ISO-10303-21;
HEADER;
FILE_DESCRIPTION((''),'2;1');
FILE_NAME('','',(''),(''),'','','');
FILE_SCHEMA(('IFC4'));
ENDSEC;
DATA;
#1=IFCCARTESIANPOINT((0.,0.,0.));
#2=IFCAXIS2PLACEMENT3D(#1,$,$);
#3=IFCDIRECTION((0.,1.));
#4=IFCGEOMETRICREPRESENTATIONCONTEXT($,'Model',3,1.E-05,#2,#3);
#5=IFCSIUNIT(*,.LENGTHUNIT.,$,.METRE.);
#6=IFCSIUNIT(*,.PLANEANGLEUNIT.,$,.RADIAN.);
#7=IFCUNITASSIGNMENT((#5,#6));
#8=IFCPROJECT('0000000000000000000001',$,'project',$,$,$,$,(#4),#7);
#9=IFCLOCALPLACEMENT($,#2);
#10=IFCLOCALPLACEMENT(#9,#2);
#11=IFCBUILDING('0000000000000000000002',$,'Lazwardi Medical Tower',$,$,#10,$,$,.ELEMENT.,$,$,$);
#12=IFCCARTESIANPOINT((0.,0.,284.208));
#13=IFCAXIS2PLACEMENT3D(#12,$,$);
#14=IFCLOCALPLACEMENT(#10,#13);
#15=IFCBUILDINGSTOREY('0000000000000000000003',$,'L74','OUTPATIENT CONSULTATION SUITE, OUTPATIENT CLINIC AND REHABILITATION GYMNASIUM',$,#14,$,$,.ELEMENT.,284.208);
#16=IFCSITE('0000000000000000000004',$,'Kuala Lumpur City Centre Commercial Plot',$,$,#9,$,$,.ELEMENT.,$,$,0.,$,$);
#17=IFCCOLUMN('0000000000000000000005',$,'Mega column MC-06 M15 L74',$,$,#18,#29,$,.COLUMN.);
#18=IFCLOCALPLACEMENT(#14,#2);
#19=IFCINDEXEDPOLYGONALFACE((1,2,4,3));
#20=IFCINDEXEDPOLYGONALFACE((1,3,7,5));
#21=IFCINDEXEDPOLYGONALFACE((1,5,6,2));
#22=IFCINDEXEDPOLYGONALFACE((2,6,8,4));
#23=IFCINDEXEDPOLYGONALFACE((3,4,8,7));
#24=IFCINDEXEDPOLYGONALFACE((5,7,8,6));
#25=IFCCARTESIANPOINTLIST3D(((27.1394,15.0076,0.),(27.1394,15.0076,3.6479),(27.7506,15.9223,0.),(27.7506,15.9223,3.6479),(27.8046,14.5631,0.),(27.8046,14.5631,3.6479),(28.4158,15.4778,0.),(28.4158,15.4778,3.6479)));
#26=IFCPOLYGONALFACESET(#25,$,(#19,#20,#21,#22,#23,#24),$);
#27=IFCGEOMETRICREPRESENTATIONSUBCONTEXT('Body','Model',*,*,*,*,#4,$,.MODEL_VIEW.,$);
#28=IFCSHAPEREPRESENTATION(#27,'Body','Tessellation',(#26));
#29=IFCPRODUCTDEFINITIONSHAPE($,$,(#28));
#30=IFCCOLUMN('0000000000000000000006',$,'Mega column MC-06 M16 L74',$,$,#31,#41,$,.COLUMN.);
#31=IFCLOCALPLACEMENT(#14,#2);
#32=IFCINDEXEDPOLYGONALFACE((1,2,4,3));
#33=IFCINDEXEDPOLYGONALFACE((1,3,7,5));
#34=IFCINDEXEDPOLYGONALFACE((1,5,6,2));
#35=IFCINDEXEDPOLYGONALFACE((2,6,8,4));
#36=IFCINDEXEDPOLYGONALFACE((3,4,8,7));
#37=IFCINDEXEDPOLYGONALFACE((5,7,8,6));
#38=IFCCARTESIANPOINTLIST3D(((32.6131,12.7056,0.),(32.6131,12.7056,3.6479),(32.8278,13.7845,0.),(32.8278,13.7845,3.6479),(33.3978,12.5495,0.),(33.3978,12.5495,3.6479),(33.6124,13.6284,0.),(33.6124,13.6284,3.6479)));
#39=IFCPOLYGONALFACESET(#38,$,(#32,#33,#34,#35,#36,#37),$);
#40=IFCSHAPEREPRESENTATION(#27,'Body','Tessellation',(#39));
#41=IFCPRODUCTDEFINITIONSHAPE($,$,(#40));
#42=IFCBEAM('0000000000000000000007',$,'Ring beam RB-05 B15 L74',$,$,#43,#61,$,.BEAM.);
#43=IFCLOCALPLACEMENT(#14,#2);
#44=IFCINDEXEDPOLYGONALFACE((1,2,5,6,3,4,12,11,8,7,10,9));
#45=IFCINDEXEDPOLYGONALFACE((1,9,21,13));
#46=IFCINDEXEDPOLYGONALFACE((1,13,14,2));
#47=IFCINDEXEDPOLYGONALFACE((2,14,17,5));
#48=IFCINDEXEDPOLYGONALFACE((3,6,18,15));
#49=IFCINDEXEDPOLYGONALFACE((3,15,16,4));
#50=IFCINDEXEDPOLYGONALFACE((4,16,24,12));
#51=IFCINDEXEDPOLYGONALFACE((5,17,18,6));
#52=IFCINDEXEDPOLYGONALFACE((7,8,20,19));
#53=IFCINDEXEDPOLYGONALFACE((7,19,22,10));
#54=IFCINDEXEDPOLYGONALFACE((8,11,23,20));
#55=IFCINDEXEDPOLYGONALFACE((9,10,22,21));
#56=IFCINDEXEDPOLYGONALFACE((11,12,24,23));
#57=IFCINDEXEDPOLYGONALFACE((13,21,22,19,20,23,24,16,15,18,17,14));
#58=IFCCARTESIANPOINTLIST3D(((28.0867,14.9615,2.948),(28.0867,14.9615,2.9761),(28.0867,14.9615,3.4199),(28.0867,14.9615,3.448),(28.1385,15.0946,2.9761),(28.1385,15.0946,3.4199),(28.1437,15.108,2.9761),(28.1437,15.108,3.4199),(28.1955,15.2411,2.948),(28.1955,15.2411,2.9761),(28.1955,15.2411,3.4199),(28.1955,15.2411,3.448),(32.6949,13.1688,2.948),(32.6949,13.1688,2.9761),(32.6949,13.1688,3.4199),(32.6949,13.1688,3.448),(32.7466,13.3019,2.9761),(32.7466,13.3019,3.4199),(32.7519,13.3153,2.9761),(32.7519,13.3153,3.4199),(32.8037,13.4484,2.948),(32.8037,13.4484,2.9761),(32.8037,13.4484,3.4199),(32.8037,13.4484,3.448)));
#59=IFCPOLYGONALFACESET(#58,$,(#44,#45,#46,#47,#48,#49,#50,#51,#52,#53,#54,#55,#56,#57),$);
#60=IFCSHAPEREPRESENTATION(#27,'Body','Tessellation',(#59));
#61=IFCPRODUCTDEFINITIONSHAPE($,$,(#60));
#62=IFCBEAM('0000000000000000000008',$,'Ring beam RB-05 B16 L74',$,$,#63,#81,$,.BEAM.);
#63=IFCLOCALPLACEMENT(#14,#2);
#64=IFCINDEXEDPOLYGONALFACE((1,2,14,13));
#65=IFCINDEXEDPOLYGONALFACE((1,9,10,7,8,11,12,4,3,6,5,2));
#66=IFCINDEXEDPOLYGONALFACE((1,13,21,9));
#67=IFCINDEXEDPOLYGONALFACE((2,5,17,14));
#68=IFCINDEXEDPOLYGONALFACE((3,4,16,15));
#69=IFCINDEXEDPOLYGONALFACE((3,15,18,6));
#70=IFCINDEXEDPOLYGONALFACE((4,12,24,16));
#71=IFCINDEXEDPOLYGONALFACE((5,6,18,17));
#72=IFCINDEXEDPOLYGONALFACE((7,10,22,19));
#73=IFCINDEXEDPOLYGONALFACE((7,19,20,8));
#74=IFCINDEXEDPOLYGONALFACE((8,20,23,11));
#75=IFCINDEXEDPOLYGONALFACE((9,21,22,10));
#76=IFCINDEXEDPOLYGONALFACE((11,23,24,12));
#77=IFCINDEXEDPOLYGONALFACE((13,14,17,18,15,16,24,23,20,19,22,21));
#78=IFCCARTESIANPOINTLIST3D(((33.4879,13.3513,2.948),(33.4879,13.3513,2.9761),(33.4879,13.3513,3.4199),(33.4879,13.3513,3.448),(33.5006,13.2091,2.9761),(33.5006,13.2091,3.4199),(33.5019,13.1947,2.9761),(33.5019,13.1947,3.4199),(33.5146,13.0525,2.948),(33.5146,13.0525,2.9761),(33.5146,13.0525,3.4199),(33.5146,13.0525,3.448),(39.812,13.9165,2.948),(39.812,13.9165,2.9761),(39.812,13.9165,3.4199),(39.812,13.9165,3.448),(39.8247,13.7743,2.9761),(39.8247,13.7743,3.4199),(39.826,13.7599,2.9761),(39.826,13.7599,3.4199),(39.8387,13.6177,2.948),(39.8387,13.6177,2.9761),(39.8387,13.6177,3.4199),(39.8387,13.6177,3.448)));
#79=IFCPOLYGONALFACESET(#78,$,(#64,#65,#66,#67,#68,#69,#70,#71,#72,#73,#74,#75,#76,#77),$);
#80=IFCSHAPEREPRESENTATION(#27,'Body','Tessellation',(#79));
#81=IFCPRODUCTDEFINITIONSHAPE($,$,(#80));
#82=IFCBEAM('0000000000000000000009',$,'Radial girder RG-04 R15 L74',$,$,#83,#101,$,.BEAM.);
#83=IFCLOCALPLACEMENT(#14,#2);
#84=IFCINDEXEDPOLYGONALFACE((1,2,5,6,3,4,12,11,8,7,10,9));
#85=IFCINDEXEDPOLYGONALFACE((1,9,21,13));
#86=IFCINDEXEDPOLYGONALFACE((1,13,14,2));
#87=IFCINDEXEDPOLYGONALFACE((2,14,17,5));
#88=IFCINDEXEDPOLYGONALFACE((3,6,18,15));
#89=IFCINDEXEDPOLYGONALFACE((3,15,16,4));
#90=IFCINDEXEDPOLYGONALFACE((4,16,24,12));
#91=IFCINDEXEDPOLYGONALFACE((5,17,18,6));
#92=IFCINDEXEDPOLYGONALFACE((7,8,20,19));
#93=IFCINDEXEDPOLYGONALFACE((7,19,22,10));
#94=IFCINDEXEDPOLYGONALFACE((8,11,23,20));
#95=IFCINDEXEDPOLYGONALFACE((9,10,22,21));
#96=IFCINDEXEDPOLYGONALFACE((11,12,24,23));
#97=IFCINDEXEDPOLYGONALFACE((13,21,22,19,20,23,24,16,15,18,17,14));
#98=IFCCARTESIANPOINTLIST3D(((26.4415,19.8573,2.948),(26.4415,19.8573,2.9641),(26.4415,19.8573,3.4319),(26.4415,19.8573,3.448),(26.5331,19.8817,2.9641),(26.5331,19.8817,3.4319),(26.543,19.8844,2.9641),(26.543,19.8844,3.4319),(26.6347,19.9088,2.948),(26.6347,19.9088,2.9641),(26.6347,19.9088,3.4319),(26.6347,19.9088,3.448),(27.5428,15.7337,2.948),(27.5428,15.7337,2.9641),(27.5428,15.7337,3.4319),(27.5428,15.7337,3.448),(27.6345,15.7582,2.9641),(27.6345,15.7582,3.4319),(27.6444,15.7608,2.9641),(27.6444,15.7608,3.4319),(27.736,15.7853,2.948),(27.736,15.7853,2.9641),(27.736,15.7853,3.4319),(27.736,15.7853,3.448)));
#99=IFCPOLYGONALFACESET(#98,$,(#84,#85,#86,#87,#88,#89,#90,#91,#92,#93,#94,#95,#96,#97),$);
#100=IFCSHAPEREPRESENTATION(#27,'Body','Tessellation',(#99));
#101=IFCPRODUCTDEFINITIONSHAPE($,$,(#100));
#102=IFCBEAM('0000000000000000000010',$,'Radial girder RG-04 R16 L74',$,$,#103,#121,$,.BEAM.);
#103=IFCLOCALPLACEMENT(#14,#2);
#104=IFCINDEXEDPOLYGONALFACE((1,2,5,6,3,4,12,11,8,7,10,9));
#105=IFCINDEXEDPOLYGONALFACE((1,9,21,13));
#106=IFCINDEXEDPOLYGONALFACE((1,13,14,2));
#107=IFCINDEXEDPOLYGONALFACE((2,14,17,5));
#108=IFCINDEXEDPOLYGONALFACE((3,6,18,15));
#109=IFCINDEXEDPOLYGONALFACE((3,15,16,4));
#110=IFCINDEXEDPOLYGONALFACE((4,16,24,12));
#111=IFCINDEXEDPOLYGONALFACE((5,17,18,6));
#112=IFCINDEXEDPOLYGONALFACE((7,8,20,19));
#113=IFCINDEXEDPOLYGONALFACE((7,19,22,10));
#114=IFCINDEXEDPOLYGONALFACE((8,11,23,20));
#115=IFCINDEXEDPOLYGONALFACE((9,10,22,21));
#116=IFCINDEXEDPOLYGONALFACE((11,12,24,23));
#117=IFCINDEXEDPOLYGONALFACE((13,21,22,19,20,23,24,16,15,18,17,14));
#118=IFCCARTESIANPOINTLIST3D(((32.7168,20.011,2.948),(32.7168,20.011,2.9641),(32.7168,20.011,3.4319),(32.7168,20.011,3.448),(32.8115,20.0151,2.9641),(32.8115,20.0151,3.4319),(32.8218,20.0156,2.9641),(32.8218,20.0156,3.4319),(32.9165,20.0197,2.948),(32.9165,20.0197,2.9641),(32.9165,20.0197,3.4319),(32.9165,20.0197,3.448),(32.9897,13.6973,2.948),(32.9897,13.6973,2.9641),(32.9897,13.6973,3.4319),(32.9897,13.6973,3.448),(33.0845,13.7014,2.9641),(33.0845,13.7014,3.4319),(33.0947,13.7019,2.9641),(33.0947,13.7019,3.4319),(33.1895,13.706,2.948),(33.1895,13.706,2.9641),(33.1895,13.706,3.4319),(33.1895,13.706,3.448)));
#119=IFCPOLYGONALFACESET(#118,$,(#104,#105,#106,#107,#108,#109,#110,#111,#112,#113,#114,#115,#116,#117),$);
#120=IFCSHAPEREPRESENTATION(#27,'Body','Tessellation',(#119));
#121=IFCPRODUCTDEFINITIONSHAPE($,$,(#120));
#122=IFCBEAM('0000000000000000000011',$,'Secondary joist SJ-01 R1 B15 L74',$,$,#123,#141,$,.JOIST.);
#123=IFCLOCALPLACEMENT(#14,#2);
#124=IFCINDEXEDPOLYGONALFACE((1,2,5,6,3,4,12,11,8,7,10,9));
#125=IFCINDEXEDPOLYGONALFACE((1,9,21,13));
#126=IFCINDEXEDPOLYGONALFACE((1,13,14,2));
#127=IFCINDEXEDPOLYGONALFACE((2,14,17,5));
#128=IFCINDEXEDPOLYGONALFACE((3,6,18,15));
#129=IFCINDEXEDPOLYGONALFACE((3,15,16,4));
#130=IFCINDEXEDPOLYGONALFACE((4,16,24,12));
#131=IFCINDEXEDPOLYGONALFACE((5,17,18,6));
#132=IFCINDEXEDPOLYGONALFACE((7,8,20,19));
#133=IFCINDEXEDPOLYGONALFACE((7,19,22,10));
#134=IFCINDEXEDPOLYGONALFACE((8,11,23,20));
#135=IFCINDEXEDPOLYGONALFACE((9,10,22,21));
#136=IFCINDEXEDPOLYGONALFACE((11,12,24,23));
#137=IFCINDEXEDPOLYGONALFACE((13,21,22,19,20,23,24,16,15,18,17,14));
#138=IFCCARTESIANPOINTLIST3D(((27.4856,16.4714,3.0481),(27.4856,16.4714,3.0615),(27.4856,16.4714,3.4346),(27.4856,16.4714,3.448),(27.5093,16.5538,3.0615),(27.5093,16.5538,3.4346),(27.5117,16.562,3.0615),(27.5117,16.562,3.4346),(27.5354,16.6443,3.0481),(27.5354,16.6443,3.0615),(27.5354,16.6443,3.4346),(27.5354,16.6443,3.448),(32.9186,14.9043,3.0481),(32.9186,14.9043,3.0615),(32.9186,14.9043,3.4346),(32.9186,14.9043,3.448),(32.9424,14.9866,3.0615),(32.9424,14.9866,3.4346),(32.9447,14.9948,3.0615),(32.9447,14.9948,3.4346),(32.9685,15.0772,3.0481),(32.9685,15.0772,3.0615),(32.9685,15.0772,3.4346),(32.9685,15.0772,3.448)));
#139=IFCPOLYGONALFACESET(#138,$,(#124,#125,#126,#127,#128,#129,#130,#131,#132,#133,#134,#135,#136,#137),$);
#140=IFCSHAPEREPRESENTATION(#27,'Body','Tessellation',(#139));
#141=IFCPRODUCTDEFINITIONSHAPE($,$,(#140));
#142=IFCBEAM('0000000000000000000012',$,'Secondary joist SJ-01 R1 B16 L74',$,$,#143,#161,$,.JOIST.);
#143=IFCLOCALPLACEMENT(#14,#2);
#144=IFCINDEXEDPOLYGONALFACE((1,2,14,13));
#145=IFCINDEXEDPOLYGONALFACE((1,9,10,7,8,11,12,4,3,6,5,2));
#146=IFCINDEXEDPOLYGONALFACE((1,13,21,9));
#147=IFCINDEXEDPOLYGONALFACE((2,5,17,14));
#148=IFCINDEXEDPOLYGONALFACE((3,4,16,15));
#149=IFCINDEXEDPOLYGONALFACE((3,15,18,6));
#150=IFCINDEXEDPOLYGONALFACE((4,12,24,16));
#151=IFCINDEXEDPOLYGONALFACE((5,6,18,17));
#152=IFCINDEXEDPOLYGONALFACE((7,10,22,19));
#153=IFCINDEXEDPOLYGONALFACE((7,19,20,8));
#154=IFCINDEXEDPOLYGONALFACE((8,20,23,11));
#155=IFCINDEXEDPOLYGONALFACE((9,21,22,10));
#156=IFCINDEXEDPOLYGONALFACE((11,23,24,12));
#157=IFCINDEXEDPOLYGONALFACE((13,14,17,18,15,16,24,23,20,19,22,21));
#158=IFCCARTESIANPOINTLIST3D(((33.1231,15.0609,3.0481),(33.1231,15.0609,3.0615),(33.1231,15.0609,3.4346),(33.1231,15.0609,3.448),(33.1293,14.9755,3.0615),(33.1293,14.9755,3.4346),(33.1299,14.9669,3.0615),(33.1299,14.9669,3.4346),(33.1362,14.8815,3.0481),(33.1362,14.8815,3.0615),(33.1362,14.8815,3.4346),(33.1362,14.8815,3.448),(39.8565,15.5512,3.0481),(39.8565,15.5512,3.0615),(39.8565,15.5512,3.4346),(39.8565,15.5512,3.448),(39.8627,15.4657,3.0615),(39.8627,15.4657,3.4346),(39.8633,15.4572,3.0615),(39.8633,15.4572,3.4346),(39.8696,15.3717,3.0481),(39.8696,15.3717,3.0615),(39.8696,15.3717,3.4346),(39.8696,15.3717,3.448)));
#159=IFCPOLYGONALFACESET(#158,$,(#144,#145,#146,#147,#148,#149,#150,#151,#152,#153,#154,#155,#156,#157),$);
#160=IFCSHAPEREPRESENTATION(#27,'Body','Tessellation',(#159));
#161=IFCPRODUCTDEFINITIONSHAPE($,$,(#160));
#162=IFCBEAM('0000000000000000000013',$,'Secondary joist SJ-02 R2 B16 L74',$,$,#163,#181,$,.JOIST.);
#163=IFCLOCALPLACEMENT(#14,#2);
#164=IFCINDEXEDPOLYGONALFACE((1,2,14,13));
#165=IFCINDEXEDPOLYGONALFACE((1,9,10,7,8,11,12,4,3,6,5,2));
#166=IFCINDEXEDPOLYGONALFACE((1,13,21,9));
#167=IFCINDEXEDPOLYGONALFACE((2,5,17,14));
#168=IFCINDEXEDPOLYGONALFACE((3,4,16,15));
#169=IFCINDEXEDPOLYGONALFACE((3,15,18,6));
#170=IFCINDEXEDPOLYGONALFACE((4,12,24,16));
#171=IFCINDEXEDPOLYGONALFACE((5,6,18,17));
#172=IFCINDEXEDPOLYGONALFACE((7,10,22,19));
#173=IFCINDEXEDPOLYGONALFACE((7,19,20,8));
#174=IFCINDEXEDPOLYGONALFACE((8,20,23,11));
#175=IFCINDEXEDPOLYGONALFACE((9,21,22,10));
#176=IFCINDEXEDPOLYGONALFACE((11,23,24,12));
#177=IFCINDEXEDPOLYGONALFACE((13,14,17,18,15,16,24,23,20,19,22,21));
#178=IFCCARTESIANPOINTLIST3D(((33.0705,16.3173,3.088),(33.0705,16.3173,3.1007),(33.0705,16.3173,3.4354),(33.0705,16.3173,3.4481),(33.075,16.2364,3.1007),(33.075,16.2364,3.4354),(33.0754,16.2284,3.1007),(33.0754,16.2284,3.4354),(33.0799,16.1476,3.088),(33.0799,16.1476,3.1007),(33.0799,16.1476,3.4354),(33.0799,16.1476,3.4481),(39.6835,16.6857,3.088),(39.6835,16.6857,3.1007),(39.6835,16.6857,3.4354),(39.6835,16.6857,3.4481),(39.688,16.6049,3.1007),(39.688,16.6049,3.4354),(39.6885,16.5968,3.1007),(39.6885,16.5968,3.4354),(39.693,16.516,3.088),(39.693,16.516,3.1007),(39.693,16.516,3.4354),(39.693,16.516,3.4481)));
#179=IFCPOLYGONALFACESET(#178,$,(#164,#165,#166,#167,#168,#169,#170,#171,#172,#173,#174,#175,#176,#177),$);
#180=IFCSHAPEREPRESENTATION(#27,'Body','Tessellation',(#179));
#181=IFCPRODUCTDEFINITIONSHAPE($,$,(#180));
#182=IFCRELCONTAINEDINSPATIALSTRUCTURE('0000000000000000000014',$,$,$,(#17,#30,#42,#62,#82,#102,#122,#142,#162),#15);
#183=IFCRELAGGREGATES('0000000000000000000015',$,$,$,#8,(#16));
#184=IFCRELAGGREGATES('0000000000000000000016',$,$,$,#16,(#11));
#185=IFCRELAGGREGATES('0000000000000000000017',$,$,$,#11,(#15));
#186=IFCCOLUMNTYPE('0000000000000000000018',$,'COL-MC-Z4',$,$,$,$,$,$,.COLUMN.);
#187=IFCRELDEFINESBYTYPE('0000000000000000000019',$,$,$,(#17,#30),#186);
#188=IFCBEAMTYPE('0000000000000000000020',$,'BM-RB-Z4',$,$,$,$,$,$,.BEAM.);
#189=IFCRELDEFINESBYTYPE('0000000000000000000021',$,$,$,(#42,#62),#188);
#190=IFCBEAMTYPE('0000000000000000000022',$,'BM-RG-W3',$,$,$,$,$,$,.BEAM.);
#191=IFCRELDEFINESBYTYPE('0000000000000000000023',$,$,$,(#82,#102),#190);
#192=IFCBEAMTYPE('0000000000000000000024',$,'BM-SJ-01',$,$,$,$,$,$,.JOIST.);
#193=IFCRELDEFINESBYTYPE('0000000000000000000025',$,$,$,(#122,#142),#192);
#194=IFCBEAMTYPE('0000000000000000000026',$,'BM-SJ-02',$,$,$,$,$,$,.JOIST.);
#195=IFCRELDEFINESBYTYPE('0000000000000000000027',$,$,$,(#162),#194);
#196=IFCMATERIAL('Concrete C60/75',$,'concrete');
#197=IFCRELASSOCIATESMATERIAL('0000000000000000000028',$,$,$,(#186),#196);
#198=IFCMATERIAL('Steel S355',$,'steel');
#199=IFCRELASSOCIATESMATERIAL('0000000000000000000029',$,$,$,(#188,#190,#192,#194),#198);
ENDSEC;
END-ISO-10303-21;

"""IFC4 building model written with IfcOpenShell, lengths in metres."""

from ifc_helpers import new_model, si_unit, direction, frame, origin, origin_2d, place, context, subcontext, project, spatial, rectangle, i_section, extrude, material, material_profile, profile_set, type_object, element, save


model = new_model("IFC4")

# Units and contexts
model_context = context("Model", 3, precision=1e-05, world=origin(), true_north=direction((0.0, 1.0)))
body_context = subcontext(model_context, "Body", "Model", "MODEL_VIEW")
ifc_project = project(units=[si_unit("LENGTHUNIT", "METRE"), si_unit("PLANEANGLEUNIT", "RADIAN")], contexts=[model_context])

# Site, building, storey
site_placement = place(None, origin())
site = spatial("IfcSite", under=ifc_project, at=site_placement, Name="Kuala Lumpur City Centre Commercial Plot", CompositionType="ELEMENT", RefElevation=0.0)
building_placement = place(site_placement, origin())
building = spatial("IfcBuilding", under=site, at=building_placement, Name="Lazwardi Medical Tower", CompositionType="ELEMENT")
storey_placement = place(building_placement, frame((0.0, 0.0, 284.208)))
storey = spatial("IfcBuildingStorey", under=building, at=storey_placement, Name="L74", Description="OUTPATIENT CONSULTATION SUITE, OUTPATIENT CLINIC AND REHABILITATION GYMNASIUM", CompositionType="ELEMENT", Elevation=284.208)

# Columns
ifc_material_1 = material(Name="Concrete C60/75", Category="concrete")
ifc_material_profile_1 = material_profile(ifc_material_1, rectangle(XDim=1.1001, YDim=0.8, at=origin_2d()), Name="CFT-RECT 1100x800")
ifc_profile_set_1 = profile_set([ifc_material_profile_1], Name="Concrete C60/75")
column_type = type_object("IfcColumnType", Name="COL-MC-Z4", PredefinedType="COLUMN", material=ifc_profile_set_1)
for number, where, z_axis, x_axis, name in (
    (1, (27.7776, 15.2427, 0.0), (0.0, 0.0, 1.0), (-0.55557, -0.83147, 0.0), "Mega column MC-06 M15 L74"),
    (2, (33.1128, 13.167, 0.0), (0.0, 0.0, 1.0), (-0.19509, -0.980785, 0.0), "Mega column MC-06 M16 L74"),
):
    element("IfcColumn", number, at=place(storey_placement, frame(where, z_axis=z_axis, x_axis=x_axis)), inside=storey, type_object=column_type, Name=name, PredefinedType="COLUMN", context=body_context, shape_type="SweptSolid", body=[
        extrude(rectangle(XDim=1.1001, YDim=0.8, at=origin_2d()), origin(), (0.0, 0.0, 1.0), 3.6479),
    ])

# Beams
ifc_material_2 = material(Name="Steel S355", Category="steel")
ifc_material_profile_2 = material_profile(ifc_material_2, i_section(OverallWidth=0.3, OverallDepth=0.5, WebThickness=0.0144, FlangeThickness=0.0281, at=origin_2d()), Name="HEB 500")
ifc_profile_set_2 = profile_set([ifc_material_profile_2], Name="Steel S355")
beam_type_1 = type_object("IfcBeamType", Name="BM-RB-Z4", PredefinedType="BEAM", material=ifc_profile_set_2)
beam_1_placement = place(storey_placement, frame((28.1411, 15.1013, 3.198), z_axis=(0.931959, -0.362563, 0.0), x_axis=(0.362563, 0.931959, 0.0)))
element("IfcBeam", 3, at=beam_1_placement, inside=storey, type_object=beam_type_1, Name="Ring beam RB-05 B15 L74", PredefinedType="BEAM", context=body_context, shape_type="SweptSolid", body=[
    extrude(i_section(OverallWidth=0.3, OverallDepth=0.5, WebThickness=0.0144, FlangeThickness=0.0281, at=origin_2d()), origin(), (0.0, 0.0, 1.0), 4.9446),
])
beam_2_placement = place(storey_placement, frame((33.5012, 13.2019, 3.198), z_axis=(0.99603, 0.089014, 0.0), x_axis=(-0.089014, 0.99603, 0.0)))
element("IfcBeam", 4, at=beam_2_placement, inside=storey, type_object=beam_type_1, Name="Ring beam RB-05 B16 L74", PredefinedType="BEAM", context=body_context, shape_type="SweptSolid", body=[
    extrude(i_section(OverallWidth=0.3, OverallDepth=0.5, WebThickness=0.0144, FlangeThickness=0.0281, at=origin_2d()), origin(), (0.0, 0.0, 1.0), 6.3494),
])
ifc_material_profile_3 = material_profile(ifc_material_2, i_section(OverallWidth=0.2, OverallDepth=0.5, WebThickness=0.0103, FlangeThickness=0.0161, at=origin_2d()), Name="IPE 500")
ifc_profile_set_3 = profile_set([ifc_material_profile_3], Name="Steel S355")
beam_type_2 = type_object("IfcBeamType", Name="BM-RG-W3", PredefinedType="BEAM", material=ifc_profile_set_3)
beam_3_placement = place(storey_placement, frame((27.6394, 15.7595, 3.198), z_axis=(-0.258036, 0.966135, 0.0), x_axis=(-0.966135, -0.258036, 0.0)))
element("IfcBeam", 5, at=beam_3_placement, inside=storey, type_object=beam_type_2, Name="Radial girder RG-04 R15 L74", PredefinedType="BEAM", context=body_context, shape_type="SweptSolid", body=[
    extrude(i_section(OverallWidth=0.2, OverallDepth=0.5, WebThickness=0.0103, FlangeThickness=0.0161, at=origin_2d()), origin(), (0.0, 0.0, 1.0), 4.2681),
])
beam_4_placement = place(storey_placement, frame((33.0896, 13.7017, 3.198), z_axis=(-0.043191, 0.999067, 0.0), x_axis=(-0.999067, -0.043191, 0.0)))
element("IfcBeam", 6, at=beam_4_placement, inside=storey, type_object=beam_type_2, Name="Radial girder RG-04 R16 L74", PredefinedType="BEAM", context=body_context, shape_type="SweptSolid", body=[
    extrude(i_section(OverallWidth=0.2, OverallDepth=0.5, WebThickness=0.0103, FlangeThickness=0.0161, at=origin_2d()), origin(), (0.0, 0.0, 1.0), 6.3196),
])
ifc_material_profile_4 = material_profile(ifc_material_2, i_section(OverallWidth=0.1799, OverallDepth=0.3999, WebThickness=0.0085, FlangeThickness=0.0134, at=origin_2d()), Name="IPE 400")
ifc_profile_set_4 = profile_set([ifc_material_profile_4], Name="Steel S355")
beam_type_3 = type_object("IfcBeamType", Name="BM-SJ-01", PredefinedType="JOIST", material=ifc_profile_set_4)
beam_5_placement = place(storey_placement, frame((27.5105, 16.5579, 3.248), z_axis=(0.960828, -0.277144, 0.0), x_axis=(0.277144, 0.960828, 0.0)))
element("IfcBeam", 7, at=beam_5_placement, inside=storey, type_object=beam_type_3, Name="Secondary joist SJ-01 R1 B15 L74", PredefinedType="JOIST", context=body_context, shape_type="SweptSolid", body=[
    extrude(i_section(OverallWidth=0.1799, OverallDepth=0.3999, WebThickness=0.0085, FlangeThickness=0.0134, at=origin_2d()), origin(), (0.0, 0.0, 1.0), 5.6545),
])
beam_6_placement = place(storey_placement, frame((33.1296, 14.9712, 3.248), z_axis=(0.99736, 0.072614, 0.0), x_axis=(-0.072614, 0.99736, 0.0)))
element("IfcBeam", 8, at=beam_6_placement, inside=storey, type_object=beam_type_3, Name="Secondary joist SJ-01 R1 B16 L74", PredefinedType="JOIST", context=body_context, shape_type="SweptSolid", body=[
    extrude(i_section(OverallWidth=0.1799, OverallDepth=0.3999, WebThickness=0.0085, FlangeThickness=0.0134, at=origin_2d()), origin(), (0.0, 0.0, 1.0), 6.7512),
])
ifc_material_profile_5 = material_profile(ifc_material_2, i_section(OverallWidth=0.1699, OverallDepth=0.3601, WebThickness=0.0081, FlangeThickness=0.0127, at=origin_2d()), Name="IPE 360")
ifc_profile_set_5 = profile_set([ifc_material_profile_5], Name="Steel S355")
beam_type_4 = type_object("IfcBeamType", Name="BM-SJ-02", PredefinedType="JOIST", material=ifc_profile_set_5)
beam_7_placement = place(storey_placement, frame((33.0752, 16.2324, 3.2681), z_axis=(0.998452, 0.055623, 0.0), x_axis=(-0.055623, 0.998452, 0.0)))
element("IfcBeam", 9, at=beam_7_placement, inside=storey, type_object=beam_type_4, Name="Secondary joist SJ-02 R2 B16 L74", PredefinedType="JOIST", context=body_context, shape_type="SweptSolid", body=[
    extrude(i_section(OverallWidth=0.1699, OverallDepth=0.3601, WebThickness=0.0081, FlangeThickness=0.0127, at=origin_2d()), origin(), (0.0, 0.0, 1.0), 6.6233),
])

save(model, "model.ifc")
